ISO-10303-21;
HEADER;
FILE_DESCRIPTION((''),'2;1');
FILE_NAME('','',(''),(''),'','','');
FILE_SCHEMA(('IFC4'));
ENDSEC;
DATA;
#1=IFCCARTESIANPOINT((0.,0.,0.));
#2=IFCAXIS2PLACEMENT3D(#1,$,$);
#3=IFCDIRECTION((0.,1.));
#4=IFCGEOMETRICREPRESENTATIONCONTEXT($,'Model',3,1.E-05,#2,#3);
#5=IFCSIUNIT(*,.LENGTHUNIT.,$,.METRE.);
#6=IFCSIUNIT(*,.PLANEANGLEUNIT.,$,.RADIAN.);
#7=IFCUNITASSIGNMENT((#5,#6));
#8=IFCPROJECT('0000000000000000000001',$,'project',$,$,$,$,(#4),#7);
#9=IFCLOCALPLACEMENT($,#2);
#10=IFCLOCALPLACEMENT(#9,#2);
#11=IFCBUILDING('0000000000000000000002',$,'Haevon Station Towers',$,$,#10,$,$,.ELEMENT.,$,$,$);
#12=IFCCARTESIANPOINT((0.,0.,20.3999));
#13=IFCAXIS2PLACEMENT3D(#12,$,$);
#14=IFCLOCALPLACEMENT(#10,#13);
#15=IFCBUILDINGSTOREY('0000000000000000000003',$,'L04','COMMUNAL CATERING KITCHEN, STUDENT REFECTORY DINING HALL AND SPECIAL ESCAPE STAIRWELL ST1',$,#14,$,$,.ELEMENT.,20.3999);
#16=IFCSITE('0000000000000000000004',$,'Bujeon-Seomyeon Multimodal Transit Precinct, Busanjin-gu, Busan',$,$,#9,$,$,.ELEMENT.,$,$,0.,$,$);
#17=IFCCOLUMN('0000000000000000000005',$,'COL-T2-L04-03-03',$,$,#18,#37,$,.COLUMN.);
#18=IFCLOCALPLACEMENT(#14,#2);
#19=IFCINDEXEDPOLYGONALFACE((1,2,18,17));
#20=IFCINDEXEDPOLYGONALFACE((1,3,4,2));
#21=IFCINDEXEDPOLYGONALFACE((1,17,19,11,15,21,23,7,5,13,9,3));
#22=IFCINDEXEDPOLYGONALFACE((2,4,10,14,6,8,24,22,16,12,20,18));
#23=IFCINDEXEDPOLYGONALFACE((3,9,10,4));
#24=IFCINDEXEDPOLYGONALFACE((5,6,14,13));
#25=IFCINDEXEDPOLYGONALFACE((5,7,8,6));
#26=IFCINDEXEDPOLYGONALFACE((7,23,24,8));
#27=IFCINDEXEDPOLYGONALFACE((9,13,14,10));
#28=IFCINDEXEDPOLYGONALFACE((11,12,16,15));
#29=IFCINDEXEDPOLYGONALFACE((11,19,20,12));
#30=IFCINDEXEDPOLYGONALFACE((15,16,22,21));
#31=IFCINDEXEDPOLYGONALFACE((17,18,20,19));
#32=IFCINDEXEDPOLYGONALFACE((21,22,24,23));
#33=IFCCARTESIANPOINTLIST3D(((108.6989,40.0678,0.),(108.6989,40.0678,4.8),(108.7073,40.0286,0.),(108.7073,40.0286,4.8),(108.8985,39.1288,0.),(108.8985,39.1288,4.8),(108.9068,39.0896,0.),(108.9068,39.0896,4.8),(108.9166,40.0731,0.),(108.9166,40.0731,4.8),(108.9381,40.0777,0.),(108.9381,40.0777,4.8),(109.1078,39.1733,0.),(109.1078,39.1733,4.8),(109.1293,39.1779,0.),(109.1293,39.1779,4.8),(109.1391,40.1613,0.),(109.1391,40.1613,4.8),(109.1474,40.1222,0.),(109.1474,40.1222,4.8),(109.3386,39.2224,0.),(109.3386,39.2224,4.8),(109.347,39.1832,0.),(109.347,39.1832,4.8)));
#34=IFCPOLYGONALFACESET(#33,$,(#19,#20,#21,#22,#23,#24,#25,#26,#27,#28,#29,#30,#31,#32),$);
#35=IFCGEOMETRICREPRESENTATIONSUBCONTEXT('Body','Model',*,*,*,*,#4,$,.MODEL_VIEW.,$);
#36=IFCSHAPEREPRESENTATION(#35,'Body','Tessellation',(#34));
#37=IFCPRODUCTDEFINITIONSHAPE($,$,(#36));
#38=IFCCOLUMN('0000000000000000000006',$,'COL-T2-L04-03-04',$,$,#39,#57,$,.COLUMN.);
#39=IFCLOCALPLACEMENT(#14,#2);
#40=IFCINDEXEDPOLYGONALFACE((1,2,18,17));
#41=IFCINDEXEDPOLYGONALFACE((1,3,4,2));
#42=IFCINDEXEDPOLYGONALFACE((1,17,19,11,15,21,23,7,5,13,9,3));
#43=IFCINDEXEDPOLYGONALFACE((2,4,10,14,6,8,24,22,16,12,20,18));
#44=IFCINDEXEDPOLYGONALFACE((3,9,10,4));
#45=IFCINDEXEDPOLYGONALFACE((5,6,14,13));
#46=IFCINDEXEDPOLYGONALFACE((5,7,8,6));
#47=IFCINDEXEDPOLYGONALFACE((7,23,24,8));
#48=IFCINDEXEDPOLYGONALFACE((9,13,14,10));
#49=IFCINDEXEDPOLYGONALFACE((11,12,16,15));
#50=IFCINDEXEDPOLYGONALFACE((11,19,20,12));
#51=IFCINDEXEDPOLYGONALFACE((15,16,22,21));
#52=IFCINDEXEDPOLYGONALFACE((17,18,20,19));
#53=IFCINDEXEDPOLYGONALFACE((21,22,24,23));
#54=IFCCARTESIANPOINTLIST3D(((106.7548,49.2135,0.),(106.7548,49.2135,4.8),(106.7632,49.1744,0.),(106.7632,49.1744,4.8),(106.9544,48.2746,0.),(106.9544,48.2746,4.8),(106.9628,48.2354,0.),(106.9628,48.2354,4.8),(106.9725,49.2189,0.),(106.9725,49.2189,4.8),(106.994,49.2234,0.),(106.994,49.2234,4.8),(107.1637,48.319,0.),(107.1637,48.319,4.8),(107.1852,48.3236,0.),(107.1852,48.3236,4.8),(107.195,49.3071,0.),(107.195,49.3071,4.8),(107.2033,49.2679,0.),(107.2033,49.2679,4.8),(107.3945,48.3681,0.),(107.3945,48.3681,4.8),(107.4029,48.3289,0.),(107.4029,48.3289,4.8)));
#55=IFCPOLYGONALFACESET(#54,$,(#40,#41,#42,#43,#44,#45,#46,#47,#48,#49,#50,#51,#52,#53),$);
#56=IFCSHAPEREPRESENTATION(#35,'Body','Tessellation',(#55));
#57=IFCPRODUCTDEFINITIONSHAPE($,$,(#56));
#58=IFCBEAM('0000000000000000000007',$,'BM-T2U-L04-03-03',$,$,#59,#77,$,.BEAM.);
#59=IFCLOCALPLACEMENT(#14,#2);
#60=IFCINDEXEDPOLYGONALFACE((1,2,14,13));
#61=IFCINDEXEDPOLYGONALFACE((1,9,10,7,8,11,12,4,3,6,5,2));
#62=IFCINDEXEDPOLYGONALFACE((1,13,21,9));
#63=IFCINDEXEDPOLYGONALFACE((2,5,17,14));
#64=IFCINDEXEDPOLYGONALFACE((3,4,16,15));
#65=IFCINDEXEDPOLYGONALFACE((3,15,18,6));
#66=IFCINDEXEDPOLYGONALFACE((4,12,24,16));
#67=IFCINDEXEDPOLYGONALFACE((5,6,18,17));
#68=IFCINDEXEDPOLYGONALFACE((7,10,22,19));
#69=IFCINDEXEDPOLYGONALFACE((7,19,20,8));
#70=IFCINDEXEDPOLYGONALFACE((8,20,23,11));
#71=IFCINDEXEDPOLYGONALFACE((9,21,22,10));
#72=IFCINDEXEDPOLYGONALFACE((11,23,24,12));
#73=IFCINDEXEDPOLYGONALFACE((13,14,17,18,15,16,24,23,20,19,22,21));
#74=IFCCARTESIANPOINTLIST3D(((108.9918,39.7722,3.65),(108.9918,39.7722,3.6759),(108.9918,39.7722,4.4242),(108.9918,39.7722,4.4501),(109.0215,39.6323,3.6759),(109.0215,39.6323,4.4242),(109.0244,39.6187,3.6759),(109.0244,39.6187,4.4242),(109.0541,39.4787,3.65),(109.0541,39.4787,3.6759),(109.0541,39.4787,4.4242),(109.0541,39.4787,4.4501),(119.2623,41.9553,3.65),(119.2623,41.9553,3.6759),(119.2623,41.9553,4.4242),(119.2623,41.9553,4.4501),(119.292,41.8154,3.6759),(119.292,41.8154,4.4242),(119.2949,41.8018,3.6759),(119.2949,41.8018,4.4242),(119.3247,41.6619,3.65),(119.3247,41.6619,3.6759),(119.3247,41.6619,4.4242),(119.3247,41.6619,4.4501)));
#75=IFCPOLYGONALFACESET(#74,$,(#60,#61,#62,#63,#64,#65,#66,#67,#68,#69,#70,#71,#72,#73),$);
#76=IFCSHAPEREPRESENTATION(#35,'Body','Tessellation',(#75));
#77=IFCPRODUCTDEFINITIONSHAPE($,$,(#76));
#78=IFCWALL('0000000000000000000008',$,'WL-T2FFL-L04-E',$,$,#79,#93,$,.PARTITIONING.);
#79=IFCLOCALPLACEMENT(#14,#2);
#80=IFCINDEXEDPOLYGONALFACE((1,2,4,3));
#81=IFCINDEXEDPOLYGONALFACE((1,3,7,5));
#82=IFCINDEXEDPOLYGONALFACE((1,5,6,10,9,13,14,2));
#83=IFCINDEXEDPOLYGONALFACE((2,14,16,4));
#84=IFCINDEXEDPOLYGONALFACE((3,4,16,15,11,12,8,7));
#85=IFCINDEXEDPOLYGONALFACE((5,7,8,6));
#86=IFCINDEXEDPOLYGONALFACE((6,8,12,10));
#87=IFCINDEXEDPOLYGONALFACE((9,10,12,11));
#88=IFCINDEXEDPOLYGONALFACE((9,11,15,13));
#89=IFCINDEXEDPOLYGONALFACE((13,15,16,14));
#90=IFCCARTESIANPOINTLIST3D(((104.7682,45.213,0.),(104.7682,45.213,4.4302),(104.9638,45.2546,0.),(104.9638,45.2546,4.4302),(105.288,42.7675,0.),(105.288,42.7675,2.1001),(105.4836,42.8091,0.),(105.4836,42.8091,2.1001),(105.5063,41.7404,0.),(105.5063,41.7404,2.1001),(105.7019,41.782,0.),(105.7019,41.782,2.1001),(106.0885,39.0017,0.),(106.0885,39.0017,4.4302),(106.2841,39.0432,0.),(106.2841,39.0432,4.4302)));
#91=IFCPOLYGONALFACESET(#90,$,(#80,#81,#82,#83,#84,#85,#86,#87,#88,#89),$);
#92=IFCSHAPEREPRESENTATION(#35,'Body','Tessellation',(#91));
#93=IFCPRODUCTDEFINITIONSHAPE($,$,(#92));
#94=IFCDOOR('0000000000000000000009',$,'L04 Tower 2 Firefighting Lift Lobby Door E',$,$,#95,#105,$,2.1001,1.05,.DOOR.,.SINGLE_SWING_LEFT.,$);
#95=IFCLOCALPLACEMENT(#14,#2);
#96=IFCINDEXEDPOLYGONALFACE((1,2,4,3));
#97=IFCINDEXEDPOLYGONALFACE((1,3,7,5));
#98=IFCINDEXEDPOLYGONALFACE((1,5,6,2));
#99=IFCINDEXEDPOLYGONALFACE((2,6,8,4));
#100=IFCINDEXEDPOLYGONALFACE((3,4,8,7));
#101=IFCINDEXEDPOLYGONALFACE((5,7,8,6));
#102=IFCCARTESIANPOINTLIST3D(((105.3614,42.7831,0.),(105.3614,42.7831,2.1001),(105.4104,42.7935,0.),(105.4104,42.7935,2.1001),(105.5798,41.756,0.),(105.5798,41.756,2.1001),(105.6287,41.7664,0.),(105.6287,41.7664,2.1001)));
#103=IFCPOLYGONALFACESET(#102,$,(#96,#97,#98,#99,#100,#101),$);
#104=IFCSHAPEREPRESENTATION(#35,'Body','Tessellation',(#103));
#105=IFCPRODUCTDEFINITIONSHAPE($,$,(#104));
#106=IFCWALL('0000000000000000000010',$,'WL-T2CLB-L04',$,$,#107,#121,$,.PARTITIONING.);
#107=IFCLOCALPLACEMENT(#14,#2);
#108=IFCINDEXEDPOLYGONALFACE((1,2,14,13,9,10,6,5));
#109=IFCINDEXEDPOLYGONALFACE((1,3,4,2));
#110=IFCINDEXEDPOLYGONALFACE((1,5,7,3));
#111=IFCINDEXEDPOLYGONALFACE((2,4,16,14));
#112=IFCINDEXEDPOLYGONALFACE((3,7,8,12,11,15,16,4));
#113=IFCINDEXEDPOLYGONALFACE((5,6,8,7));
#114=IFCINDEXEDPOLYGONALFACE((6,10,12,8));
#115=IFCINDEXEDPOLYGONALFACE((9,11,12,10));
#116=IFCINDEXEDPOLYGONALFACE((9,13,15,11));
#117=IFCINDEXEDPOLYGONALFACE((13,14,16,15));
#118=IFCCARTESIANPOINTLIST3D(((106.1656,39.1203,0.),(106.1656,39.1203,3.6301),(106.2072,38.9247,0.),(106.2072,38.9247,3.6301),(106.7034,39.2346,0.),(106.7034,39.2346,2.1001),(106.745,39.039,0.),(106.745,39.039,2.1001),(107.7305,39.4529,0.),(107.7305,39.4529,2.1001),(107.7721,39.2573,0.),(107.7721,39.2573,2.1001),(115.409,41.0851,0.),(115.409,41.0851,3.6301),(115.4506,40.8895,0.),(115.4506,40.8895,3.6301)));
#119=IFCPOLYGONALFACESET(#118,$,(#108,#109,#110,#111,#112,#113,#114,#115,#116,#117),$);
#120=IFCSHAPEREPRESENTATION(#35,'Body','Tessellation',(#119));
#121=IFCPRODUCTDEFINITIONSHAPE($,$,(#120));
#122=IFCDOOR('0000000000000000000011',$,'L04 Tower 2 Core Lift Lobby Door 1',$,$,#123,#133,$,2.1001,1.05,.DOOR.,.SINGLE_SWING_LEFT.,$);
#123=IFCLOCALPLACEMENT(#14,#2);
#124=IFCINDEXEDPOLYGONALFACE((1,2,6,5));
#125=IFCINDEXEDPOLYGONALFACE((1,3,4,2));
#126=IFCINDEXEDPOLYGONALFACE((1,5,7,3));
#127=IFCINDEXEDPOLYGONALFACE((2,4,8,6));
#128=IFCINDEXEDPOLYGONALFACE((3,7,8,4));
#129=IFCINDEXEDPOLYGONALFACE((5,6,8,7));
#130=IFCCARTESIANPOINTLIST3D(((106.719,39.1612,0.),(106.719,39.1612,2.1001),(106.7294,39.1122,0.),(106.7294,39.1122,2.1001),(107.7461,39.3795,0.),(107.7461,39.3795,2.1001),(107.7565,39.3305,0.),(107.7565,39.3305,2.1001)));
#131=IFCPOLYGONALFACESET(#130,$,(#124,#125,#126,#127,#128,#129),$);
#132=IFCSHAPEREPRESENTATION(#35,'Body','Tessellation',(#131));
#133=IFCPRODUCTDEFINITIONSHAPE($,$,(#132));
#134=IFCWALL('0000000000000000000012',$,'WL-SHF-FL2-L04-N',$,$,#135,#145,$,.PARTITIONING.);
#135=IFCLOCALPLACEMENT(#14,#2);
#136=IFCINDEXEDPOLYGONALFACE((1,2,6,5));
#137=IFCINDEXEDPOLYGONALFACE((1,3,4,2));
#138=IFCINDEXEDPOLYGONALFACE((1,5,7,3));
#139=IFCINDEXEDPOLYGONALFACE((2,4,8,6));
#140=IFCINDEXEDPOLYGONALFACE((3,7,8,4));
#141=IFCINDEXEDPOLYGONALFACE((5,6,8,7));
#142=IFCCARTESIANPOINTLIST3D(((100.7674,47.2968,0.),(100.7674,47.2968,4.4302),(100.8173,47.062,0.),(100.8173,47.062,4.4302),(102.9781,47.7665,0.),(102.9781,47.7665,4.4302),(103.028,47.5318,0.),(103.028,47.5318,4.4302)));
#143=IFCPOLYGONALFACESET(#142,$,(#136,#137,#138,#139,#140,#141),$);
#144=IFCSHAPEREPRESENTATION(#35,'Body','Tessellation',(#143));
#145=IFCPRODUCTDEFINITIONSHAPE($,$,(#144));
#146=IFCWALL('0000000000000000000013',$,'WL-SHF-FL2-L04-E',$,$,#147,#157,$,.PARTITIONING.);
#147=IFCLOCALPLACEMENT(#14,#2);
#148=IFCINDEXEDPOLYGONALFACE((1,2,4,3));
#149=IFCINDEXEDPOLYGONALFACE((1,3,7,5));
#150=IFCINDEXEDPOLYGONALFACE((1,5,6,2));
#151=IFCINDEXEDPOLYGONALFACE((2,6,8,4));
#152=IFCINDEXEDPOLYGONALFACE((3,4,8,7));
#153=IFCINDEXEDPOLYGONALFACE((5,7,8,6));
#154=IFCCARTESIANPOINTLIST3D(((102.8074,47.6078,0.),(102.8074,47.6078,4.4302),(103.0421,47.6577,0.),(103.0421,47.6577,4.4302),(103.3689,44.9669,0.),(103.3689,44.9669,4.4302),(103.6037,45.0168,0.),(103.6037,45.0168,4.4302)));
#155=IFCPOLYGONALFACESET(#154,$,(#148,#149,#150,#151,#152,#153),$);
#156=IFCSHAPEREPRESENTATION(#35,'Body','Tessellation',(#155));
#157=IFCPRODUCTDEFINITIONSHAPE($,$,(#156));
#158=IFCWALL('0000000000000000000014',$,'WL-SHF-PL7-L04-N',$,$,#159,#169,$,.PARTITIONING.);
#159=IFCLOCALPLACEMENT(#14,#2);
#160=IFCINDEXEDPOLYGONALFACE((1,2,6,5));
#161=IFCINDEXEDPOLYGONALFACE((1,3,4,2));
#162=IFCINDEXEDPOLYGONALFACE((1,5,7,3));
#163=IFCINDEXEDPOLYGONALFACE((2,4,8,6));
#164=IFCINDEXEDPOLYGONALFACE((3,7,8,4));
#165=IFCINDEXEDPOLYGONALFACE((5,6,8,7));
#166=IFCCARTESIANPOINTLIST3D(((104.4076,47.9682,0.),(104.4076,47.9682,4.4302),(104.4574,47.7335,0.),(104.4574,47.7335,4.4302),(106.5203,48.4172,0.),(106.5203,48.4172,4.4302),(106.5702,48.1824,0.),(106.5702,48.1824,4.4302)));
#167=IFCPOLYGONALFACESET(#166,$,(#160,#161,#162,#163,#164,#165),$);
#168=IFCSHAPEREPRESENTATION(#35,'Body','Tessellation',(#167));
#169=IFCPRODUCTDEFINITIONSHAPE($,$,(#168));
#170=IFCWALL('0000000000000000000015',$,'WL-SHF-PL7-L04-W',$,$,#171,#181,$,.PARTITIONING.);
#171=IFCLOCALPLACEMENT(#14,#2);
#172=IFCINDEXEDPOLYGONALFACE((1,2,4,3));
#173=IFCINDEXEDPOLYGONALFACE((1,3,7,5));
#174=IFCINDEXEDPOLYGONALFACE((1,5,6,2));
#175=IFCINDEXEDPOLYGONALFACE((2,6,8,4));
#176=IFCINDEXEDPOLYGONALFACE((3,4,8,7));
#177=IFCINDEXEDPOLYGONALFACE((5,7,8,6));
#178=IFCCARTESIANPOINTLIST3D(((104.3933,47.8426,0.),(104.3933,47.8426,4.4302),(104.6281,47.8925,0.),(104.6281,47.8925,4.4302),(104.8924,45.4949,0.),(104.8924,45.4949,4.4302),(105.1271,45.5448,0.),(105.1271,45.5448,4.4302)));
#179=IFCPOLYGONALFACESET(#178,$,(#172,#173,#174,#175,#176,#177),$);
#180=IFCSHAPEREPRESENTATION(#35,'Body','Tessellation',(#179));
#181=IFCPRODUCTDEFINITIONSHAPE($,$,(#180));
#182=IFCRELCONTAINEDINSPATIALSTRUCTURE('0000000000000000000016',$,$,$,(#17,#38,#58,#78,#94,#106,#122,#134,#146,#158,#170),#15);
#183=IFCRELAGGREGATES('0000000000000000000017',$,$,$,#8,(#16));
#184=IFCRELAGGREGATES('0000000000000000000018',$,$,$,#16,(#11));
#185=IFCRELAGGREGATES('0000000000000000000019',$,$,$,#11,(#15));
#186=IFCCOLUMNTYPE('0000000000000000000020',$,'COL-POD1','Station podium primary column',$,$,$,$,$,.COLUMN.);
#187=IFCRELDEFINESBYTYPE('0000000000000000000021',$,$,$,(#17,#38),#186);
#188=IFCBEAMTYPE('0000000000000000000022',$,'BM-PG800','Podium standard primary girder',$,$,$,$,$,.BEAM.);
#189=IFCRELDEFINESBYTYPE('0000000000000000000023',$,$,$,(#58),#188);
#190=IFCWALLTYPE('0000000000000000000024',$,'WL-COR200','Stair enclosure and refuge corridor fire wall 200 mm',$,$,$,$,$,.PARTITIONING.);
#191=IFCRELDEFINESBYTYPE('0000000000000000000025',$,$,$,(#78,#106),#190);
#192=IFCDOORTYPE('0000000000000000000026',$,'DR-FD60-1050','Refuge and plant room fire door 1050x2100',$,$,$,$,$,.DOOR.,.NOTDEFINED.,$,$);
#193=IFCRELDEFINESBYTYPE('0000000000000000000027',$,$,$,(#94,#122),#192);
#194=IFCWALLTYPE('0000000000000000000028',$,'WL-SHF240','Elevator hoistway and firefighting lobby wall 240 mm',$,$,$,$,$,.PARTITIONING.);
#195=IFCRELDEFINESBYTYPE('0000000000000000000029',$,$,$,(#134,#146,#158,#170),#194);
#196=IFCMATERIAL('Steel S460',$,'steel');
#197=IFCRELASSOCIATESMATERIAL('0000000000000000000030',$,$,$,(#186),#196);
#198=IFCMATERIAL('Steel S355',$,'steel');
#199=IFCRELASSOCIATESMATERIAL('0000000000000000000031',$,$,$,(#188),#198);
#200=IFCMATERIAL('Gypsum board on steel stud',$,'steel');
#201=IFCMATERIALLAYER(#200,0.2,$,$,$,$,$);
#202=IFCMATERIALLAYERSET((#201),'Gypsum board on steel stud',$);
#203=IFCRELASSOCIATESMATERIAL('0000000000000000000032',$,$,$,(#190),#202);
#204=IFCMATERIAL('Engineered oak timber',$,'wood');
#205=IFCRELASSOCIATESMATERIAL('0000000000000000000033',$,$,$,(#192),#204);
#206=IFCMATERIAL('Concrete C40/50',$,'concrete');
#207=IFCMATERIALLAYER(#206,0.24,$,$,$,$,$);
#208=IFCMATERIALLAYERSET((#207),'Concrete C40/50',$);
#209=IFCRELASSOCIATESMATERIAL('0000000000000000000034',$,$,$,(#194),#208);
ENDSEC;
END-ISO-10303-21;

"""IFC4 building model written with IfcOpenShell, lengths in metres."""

from ifc_helpers import new_model, si_unit, direction, frame, frame_2d, origin, origin_2d, place, context, subcontext, project, spatial, rectangle, i_section, extrude, material, layer, layer_set, material_profile, profile_set, type_object, element, fill, save


model = new_model("IFC4")

# Units and contexts
model_context = context("Model", 3, precision=1e-05, world=origin(), true_north=direction((0.0, 1.0)))
body_context = subcontext(model_context, "Body", "Model", "MODEL_VIEW")
ifc_project = project(units=[si_unit("LENGTHUNIT", "METRE"), si_unit("PLANEANGLEUNIT", "RADIAN")], contexts=[model_context])

# Site, building, storey
site_placement = place(None, origin())
site = spatial("IfcSite", under=ifc_project, at=site_placement, Name="Bujeon-Seomyeon Multimodal Transit Precinct, Busanjin-gu, Busan", CompositionType="ELEMENT", RefElevation=0.0)
building_placement = place(site_placement, origin())
building = spatial("IfcBuilding", under=site, at=building_placement, Name="Haevon Station Towers", CompositionType="ELEMENT")
storey_placement = place(building_placement, frame((0.0, 0.0, 20.3999)))
storey = spatial("IfcBuildingStorey", under=building, at=storey_placement, Name="L04", Description="COMMUNAL CATERING KITCHEN, STUDENT REFECTORY DINING HALL AND SPECIAL ESCAPE STAIRWELL ST1", CompositionType="ELEMENT", Elevation=20.3999)

# Columns
ifc_material_1 = material(Name="Steel S460", Category="steel")
ifc_material_profile_1 = material_profile(ifc_material_1, i_section(OverallWidth=0.45, OverallDepth=1.0, WebThickness=0.022, FlangeThickness=0.04, at=origin_2d()), Name="H-1000x450x22x40")
ifc_profile_set_1 = profile_set([ifc_material_profile_1], Name="Steel S460")
column_type = type_object("IfcColumnType", Name="COL-POD1", Description="Station podium primary column", PredefinedType="COLUMN", material=ifc_profile_set_1)
for number, where, z_axis, x_axis, name in (
    (1, (109.0229, 39.6255, 0.0), (0.0, 0.0, 1.0), (0.978148, 0.207912, 0.0), "COL-T2-L04-03-03"),
    (2, (107.0789, 48.7712, 0.0), (0.0, 0.0, 1.0), (0.978148, 0.207912, 0.0), "COL-T2-L04-03-04"),
):
    element("IfcColumn", number, at=place(storey_placement, frame(where, z_axis=z_axis, x_axis=x_axis)), inside=storey, type_object=column_type, Name=name, PredefinedType="COLUMN", context=body_context, shape_type="SweptSolid", body=[
        extrude(i_section(OverallWidth=0.45, OverallDepth=1.0, WebThickness=0.022, FlangeThickness=0.04, at=origin_2d()), origin(), (0.0, 0.0, 1.0), 4.8),
    ])

# Beam
ifc_material_2 = material(Name="Steel S355", Category="steel")
ifc_material_profile_2 = material_profile(ifc_material_2, i_section(OverallWidth=0.3, OverallDepth=0.8, WebThickness=0.0139, FlangeThickness=0.0259, at=origin_2d()), Name="H-800x300x14x26")
ifc_profile_set_2 = profile_set([ifc_material_profile_2], Name="Steel S355")
beam_type = type_object("IfcBeamType", Name="BM-PG800", Description="Podium standard primary girder", PredefinedType="BEAM", material=ifc_profile_set_2)
beam_placement = place(storey_placement, frame((109.0229, 39.6255, 4.05), z_axis=(0.978147, 0.207915, 0.0), x_axis=(-0.207915, 0.978147, 0.0)))
element("IfcBeam", 3, at=beam_placement, inside=storey, type_object=beam_type, Name="BM-T2U-L04-03-03", PredefinedType="BEAM", context=body_context, shape_type="SweptSolid", body=[
    extrude(i_section(OverallWidth=0.3, OverallDepth=0.8, WebThickness=0.0139, FlangeThickness=0.0259, at=origin_2d()), origin(), (0.0, 0.0, 1.0), 10.5),
])

# Walls, openings, doors
ifc_material_3 = material(Name="Gypsum board on steel stud", Category="steel")
ifc_layer_1 = layer(ifc_material_3, 0.2)
ifc_layer_set_1 = layer_set([ifc_layer_1], Name="Gypsum board on steel stud")
wall_type_1 = type_object("IfcWallType", Name="WL-COR200", Description="Stair enclosure and refuge corridor fire wall 200 mm", PredefinedType="PARTITIONING", material=ifc_layer_set_1)
wall_1_placement = place(storey_placement, frame((106.1863, 39.0225, 0.0), z_axis=(0.0, 0.0, 1.0), x_axis=(-0.207917, 0.978147, 0.0)))
wall_1 = element("IfcWall", 4, at=wall_1_placement, inside=storey, type_object=wall_type_1, Name="WL-T2FFL-L04-E", PredefinedType="PARTITIONING", context=body_context, shape_type="SweptSolid", body=[
    extrude(rectangle(XDim=6.3501, YDim=0.2, at=frame_2d((3.175, 0.0))), origin(), (0.0, 0.0, 1.0), 4.4302),
])
opening_1_placement = place(wall_1_placement, frame((2.8, 0.0, 0.0)))
opening_1 = element("IfcOpeningElement", 5, at=opening_1_placement, cuts=wall_1, PredefinedType="OPENING", context=body_context, shape_type="SweptSolid", body=[
    extrude(rectangle(XDim=1.05, YDim=2.1001, at=frame_2d((0.5249, 1.05))), frame((0.0, 0.1099, 0.0), z_axis=(0.0, -1.0, 0.0), x_axis=(1.0, 0.0, 0.0)), (0.0, 0.0, 1.0), 0.22),
])
ifc_material_4 = material(Name="Engineered oak timber", Category="wood")
door_type_1 = type_object("IfcDoorType", Name="DR-FD60-1050", Description="Refuge and plant room fire door 1050x2100", OperationType="NOTDEFINED", PredefinedType="DOOR", material=ifc_material_4)
door_1_placement = place(opening_1_placement, origin())
door_1 = element("IfcDoor", 6, at=door_1_placement, inside=storey, type_object=door_type_1, Name="L04 Tower 2 Firefighting Lift Lobby Door E", OperationType="SINGLE_SWING_LEFT", OverallHeight=2.1001, OverallWidth=1.05, PredefinedType="DOOR", context=body_context, shape_type="SweptSolid", body=[
    extrude(rectangle(XDim=1.05, YDim=2.1001, at=frame_2d((0.5249, 1.05))), frame((0.0, 0.0249, 0.0), z_axis=(0.0, -1.0, 0.0), x_axis=(1.0, 0.0, 0.0)), (0.0, 0.0, 1.0), 0.05),
])
fill(opening_1, door_1)
wall_2_placement = place(storey_placement, frame((106.1863, 39.0225, 0.0), z_axis=(0.0, 0.0, 1.0), x_axis=(0.978146, 0.207921, 0.0)))
wall_2 = element("IfcWall", 7, at=wall_2_placement, inside=storey, type_object=wall_type_1, Name="WL-T2CLB-L04", PredefinedType="PARTITIONING", context=body_context, shape_type="SweptSolid", body=[
    extrude(rectangle(XDim=9.45, YDim=0.2, at=frame_2d((4.7251, 0.0))), origin(), (0.0, 0.0, 1.0), 3.6301),
])
opening_2_placement = place(wall_2_placement, frame((0.55, 0.0, 0.0)))
opening_2 = element("IfcOpeningElement", 8, at=opening_2_placement, cuts=wall_2, PredefinedType="OPENING", context=body_context, shape_type="SweptSolid", body=[
    extrude(rectangle(XDim=1.05, YDim=2.1001, at=frame_2d((0.5249, 1.05))), frame((0.0, 0.1099, 0.0), z_axis=(0.0, -1.0, 0.0), x_axis=(1.0, 0.0, 0.0)), (0.0, 0.0, 1.0), 0.22),
])
door_2_placement = place(opening_2_placement, origin())
door_2 = element("IfcDoor", 9, at=door_2_placement, inside=storey, type_object=door_type_1, Name="L04 Tower 2 Core Lift Lobby Door 1", OperationType="SINGLE_SWING_LEFT", OverallHeight=2.1001, OverallWidth=1.05, PredefinedType="DOOR", context=body_context, shape_type="SweptSolid", body=[
    extrude(rectangle(XDim=1.05, YDim=2.1001, at=frame_2d((0.5249, 1.05))), frame((0.0, 0.0249, 0.0), z_axis=(0.0, -1.0, 0.0), x_axis=(1.0, 0.0, 0.0)), (0.0, 0.0, 1.0), 0.05),
])
fill(opening_2, door_2)
ifc_material_5 = material(Name="Concrete C40/50", Category="concrete")
ifc_layer_2 = layer(ifc_material_5, 0.24)
ifc_layer_set_2 = layer_set([ifc_layer_2], Name="Concrete C40/50")
wall_type_2 = type_object("IfcWallType", Name="WL-SHF240", Description="Elevator hoistway and firefighting lobby wall 240 mm", PredefinedType="PARTITIONING", material=ifc_layer_set_2)

# Walls
wall_3_placement = place(storey_placement, frame((100.7925, 47.1794, 0.0), z_axis=(0.0, 0.0, 1.0), x_axis=(0.978163, 0.207839, 0.0)))
element("IfcWall", 10, at=wall_3_placement, inside=storey, type_object=wall_type_2, Name="WL-SHF-FL2-L04-N", PredefinedType="PARTITIONING", context=body_context, shape_type="SweptSolid", body=[
    extrude(rectangle(XDim=2.26, YDim=0.24, at=frame_2d((1.1299, 0.0))), origin(), (0.0, 0.0, 1.0), 4.4302),
])
wall_4_placement = place(storey_placement, frame((103.4863, 44.9917, 0.0), z_axis=(0.0, 0.0, 1.0), x_axis=(-0.207979, 0.978133, 0.0)))
element("IfcWall", 11, at=wall_4_placement, inside=storey, type_object=wall_type_2, Name="WL-SHF-FL2-L04-E", PredefinedType="PARTITIONING", context=body_context, shape_type="SweptSolid", body=[
    extrude(rectangle(XDim=2.7, YDim=0.24, at=frame_2d((1.3501, 0.0))), origin(), (0.0, 0.0, 1.0), 4.4302),
])

# Walls
wall_5_placement = place(storey_placement, frame((104.4324, 47.8508, 0.0), z_axis=(0.0, 0.0, 1.0), x_axis=(0.978158, 0.207861, 0.0)))
element("IfcWall", 12, at=wall_5_placement, inside=storey, type_object=wall_type_2, Name="WL-SHF-PL7-L04-N", PredefinedType="PARTITIONING", context=body_context, shape_type="SweptSolid", body=[
    extrude(rectangle(XDim=2.1599, YDim=0.24, at=frame_2d((1.0801, 0.0))), origin(), (0.0, 0.0, 1.0), 4.4302),
])
wall_6_placement = place(storey_placement, frame((105.0098, 45.5198, 0.0), z_axis=(0.0, 0.0, 1.0), x_axis=(-0.207917, 0.978146, 0.0)))
element("IfcWall", 13, at=wall_6_placement, inside=storey, type_object=wall_type_2, Name="WL-SHF-PL7-L04-W", PredefinedType="PARTITIONING", context=body_context, shape_type="SweptSolid", body=[
    extrude(rectangle(XDim=2.4001, YDim=0.24, at=frame_2d((1.2002, 0.0))), origin(), (0.0, 0.0, 1.0), 4.4302),
])

save(model, "model.ifc")
